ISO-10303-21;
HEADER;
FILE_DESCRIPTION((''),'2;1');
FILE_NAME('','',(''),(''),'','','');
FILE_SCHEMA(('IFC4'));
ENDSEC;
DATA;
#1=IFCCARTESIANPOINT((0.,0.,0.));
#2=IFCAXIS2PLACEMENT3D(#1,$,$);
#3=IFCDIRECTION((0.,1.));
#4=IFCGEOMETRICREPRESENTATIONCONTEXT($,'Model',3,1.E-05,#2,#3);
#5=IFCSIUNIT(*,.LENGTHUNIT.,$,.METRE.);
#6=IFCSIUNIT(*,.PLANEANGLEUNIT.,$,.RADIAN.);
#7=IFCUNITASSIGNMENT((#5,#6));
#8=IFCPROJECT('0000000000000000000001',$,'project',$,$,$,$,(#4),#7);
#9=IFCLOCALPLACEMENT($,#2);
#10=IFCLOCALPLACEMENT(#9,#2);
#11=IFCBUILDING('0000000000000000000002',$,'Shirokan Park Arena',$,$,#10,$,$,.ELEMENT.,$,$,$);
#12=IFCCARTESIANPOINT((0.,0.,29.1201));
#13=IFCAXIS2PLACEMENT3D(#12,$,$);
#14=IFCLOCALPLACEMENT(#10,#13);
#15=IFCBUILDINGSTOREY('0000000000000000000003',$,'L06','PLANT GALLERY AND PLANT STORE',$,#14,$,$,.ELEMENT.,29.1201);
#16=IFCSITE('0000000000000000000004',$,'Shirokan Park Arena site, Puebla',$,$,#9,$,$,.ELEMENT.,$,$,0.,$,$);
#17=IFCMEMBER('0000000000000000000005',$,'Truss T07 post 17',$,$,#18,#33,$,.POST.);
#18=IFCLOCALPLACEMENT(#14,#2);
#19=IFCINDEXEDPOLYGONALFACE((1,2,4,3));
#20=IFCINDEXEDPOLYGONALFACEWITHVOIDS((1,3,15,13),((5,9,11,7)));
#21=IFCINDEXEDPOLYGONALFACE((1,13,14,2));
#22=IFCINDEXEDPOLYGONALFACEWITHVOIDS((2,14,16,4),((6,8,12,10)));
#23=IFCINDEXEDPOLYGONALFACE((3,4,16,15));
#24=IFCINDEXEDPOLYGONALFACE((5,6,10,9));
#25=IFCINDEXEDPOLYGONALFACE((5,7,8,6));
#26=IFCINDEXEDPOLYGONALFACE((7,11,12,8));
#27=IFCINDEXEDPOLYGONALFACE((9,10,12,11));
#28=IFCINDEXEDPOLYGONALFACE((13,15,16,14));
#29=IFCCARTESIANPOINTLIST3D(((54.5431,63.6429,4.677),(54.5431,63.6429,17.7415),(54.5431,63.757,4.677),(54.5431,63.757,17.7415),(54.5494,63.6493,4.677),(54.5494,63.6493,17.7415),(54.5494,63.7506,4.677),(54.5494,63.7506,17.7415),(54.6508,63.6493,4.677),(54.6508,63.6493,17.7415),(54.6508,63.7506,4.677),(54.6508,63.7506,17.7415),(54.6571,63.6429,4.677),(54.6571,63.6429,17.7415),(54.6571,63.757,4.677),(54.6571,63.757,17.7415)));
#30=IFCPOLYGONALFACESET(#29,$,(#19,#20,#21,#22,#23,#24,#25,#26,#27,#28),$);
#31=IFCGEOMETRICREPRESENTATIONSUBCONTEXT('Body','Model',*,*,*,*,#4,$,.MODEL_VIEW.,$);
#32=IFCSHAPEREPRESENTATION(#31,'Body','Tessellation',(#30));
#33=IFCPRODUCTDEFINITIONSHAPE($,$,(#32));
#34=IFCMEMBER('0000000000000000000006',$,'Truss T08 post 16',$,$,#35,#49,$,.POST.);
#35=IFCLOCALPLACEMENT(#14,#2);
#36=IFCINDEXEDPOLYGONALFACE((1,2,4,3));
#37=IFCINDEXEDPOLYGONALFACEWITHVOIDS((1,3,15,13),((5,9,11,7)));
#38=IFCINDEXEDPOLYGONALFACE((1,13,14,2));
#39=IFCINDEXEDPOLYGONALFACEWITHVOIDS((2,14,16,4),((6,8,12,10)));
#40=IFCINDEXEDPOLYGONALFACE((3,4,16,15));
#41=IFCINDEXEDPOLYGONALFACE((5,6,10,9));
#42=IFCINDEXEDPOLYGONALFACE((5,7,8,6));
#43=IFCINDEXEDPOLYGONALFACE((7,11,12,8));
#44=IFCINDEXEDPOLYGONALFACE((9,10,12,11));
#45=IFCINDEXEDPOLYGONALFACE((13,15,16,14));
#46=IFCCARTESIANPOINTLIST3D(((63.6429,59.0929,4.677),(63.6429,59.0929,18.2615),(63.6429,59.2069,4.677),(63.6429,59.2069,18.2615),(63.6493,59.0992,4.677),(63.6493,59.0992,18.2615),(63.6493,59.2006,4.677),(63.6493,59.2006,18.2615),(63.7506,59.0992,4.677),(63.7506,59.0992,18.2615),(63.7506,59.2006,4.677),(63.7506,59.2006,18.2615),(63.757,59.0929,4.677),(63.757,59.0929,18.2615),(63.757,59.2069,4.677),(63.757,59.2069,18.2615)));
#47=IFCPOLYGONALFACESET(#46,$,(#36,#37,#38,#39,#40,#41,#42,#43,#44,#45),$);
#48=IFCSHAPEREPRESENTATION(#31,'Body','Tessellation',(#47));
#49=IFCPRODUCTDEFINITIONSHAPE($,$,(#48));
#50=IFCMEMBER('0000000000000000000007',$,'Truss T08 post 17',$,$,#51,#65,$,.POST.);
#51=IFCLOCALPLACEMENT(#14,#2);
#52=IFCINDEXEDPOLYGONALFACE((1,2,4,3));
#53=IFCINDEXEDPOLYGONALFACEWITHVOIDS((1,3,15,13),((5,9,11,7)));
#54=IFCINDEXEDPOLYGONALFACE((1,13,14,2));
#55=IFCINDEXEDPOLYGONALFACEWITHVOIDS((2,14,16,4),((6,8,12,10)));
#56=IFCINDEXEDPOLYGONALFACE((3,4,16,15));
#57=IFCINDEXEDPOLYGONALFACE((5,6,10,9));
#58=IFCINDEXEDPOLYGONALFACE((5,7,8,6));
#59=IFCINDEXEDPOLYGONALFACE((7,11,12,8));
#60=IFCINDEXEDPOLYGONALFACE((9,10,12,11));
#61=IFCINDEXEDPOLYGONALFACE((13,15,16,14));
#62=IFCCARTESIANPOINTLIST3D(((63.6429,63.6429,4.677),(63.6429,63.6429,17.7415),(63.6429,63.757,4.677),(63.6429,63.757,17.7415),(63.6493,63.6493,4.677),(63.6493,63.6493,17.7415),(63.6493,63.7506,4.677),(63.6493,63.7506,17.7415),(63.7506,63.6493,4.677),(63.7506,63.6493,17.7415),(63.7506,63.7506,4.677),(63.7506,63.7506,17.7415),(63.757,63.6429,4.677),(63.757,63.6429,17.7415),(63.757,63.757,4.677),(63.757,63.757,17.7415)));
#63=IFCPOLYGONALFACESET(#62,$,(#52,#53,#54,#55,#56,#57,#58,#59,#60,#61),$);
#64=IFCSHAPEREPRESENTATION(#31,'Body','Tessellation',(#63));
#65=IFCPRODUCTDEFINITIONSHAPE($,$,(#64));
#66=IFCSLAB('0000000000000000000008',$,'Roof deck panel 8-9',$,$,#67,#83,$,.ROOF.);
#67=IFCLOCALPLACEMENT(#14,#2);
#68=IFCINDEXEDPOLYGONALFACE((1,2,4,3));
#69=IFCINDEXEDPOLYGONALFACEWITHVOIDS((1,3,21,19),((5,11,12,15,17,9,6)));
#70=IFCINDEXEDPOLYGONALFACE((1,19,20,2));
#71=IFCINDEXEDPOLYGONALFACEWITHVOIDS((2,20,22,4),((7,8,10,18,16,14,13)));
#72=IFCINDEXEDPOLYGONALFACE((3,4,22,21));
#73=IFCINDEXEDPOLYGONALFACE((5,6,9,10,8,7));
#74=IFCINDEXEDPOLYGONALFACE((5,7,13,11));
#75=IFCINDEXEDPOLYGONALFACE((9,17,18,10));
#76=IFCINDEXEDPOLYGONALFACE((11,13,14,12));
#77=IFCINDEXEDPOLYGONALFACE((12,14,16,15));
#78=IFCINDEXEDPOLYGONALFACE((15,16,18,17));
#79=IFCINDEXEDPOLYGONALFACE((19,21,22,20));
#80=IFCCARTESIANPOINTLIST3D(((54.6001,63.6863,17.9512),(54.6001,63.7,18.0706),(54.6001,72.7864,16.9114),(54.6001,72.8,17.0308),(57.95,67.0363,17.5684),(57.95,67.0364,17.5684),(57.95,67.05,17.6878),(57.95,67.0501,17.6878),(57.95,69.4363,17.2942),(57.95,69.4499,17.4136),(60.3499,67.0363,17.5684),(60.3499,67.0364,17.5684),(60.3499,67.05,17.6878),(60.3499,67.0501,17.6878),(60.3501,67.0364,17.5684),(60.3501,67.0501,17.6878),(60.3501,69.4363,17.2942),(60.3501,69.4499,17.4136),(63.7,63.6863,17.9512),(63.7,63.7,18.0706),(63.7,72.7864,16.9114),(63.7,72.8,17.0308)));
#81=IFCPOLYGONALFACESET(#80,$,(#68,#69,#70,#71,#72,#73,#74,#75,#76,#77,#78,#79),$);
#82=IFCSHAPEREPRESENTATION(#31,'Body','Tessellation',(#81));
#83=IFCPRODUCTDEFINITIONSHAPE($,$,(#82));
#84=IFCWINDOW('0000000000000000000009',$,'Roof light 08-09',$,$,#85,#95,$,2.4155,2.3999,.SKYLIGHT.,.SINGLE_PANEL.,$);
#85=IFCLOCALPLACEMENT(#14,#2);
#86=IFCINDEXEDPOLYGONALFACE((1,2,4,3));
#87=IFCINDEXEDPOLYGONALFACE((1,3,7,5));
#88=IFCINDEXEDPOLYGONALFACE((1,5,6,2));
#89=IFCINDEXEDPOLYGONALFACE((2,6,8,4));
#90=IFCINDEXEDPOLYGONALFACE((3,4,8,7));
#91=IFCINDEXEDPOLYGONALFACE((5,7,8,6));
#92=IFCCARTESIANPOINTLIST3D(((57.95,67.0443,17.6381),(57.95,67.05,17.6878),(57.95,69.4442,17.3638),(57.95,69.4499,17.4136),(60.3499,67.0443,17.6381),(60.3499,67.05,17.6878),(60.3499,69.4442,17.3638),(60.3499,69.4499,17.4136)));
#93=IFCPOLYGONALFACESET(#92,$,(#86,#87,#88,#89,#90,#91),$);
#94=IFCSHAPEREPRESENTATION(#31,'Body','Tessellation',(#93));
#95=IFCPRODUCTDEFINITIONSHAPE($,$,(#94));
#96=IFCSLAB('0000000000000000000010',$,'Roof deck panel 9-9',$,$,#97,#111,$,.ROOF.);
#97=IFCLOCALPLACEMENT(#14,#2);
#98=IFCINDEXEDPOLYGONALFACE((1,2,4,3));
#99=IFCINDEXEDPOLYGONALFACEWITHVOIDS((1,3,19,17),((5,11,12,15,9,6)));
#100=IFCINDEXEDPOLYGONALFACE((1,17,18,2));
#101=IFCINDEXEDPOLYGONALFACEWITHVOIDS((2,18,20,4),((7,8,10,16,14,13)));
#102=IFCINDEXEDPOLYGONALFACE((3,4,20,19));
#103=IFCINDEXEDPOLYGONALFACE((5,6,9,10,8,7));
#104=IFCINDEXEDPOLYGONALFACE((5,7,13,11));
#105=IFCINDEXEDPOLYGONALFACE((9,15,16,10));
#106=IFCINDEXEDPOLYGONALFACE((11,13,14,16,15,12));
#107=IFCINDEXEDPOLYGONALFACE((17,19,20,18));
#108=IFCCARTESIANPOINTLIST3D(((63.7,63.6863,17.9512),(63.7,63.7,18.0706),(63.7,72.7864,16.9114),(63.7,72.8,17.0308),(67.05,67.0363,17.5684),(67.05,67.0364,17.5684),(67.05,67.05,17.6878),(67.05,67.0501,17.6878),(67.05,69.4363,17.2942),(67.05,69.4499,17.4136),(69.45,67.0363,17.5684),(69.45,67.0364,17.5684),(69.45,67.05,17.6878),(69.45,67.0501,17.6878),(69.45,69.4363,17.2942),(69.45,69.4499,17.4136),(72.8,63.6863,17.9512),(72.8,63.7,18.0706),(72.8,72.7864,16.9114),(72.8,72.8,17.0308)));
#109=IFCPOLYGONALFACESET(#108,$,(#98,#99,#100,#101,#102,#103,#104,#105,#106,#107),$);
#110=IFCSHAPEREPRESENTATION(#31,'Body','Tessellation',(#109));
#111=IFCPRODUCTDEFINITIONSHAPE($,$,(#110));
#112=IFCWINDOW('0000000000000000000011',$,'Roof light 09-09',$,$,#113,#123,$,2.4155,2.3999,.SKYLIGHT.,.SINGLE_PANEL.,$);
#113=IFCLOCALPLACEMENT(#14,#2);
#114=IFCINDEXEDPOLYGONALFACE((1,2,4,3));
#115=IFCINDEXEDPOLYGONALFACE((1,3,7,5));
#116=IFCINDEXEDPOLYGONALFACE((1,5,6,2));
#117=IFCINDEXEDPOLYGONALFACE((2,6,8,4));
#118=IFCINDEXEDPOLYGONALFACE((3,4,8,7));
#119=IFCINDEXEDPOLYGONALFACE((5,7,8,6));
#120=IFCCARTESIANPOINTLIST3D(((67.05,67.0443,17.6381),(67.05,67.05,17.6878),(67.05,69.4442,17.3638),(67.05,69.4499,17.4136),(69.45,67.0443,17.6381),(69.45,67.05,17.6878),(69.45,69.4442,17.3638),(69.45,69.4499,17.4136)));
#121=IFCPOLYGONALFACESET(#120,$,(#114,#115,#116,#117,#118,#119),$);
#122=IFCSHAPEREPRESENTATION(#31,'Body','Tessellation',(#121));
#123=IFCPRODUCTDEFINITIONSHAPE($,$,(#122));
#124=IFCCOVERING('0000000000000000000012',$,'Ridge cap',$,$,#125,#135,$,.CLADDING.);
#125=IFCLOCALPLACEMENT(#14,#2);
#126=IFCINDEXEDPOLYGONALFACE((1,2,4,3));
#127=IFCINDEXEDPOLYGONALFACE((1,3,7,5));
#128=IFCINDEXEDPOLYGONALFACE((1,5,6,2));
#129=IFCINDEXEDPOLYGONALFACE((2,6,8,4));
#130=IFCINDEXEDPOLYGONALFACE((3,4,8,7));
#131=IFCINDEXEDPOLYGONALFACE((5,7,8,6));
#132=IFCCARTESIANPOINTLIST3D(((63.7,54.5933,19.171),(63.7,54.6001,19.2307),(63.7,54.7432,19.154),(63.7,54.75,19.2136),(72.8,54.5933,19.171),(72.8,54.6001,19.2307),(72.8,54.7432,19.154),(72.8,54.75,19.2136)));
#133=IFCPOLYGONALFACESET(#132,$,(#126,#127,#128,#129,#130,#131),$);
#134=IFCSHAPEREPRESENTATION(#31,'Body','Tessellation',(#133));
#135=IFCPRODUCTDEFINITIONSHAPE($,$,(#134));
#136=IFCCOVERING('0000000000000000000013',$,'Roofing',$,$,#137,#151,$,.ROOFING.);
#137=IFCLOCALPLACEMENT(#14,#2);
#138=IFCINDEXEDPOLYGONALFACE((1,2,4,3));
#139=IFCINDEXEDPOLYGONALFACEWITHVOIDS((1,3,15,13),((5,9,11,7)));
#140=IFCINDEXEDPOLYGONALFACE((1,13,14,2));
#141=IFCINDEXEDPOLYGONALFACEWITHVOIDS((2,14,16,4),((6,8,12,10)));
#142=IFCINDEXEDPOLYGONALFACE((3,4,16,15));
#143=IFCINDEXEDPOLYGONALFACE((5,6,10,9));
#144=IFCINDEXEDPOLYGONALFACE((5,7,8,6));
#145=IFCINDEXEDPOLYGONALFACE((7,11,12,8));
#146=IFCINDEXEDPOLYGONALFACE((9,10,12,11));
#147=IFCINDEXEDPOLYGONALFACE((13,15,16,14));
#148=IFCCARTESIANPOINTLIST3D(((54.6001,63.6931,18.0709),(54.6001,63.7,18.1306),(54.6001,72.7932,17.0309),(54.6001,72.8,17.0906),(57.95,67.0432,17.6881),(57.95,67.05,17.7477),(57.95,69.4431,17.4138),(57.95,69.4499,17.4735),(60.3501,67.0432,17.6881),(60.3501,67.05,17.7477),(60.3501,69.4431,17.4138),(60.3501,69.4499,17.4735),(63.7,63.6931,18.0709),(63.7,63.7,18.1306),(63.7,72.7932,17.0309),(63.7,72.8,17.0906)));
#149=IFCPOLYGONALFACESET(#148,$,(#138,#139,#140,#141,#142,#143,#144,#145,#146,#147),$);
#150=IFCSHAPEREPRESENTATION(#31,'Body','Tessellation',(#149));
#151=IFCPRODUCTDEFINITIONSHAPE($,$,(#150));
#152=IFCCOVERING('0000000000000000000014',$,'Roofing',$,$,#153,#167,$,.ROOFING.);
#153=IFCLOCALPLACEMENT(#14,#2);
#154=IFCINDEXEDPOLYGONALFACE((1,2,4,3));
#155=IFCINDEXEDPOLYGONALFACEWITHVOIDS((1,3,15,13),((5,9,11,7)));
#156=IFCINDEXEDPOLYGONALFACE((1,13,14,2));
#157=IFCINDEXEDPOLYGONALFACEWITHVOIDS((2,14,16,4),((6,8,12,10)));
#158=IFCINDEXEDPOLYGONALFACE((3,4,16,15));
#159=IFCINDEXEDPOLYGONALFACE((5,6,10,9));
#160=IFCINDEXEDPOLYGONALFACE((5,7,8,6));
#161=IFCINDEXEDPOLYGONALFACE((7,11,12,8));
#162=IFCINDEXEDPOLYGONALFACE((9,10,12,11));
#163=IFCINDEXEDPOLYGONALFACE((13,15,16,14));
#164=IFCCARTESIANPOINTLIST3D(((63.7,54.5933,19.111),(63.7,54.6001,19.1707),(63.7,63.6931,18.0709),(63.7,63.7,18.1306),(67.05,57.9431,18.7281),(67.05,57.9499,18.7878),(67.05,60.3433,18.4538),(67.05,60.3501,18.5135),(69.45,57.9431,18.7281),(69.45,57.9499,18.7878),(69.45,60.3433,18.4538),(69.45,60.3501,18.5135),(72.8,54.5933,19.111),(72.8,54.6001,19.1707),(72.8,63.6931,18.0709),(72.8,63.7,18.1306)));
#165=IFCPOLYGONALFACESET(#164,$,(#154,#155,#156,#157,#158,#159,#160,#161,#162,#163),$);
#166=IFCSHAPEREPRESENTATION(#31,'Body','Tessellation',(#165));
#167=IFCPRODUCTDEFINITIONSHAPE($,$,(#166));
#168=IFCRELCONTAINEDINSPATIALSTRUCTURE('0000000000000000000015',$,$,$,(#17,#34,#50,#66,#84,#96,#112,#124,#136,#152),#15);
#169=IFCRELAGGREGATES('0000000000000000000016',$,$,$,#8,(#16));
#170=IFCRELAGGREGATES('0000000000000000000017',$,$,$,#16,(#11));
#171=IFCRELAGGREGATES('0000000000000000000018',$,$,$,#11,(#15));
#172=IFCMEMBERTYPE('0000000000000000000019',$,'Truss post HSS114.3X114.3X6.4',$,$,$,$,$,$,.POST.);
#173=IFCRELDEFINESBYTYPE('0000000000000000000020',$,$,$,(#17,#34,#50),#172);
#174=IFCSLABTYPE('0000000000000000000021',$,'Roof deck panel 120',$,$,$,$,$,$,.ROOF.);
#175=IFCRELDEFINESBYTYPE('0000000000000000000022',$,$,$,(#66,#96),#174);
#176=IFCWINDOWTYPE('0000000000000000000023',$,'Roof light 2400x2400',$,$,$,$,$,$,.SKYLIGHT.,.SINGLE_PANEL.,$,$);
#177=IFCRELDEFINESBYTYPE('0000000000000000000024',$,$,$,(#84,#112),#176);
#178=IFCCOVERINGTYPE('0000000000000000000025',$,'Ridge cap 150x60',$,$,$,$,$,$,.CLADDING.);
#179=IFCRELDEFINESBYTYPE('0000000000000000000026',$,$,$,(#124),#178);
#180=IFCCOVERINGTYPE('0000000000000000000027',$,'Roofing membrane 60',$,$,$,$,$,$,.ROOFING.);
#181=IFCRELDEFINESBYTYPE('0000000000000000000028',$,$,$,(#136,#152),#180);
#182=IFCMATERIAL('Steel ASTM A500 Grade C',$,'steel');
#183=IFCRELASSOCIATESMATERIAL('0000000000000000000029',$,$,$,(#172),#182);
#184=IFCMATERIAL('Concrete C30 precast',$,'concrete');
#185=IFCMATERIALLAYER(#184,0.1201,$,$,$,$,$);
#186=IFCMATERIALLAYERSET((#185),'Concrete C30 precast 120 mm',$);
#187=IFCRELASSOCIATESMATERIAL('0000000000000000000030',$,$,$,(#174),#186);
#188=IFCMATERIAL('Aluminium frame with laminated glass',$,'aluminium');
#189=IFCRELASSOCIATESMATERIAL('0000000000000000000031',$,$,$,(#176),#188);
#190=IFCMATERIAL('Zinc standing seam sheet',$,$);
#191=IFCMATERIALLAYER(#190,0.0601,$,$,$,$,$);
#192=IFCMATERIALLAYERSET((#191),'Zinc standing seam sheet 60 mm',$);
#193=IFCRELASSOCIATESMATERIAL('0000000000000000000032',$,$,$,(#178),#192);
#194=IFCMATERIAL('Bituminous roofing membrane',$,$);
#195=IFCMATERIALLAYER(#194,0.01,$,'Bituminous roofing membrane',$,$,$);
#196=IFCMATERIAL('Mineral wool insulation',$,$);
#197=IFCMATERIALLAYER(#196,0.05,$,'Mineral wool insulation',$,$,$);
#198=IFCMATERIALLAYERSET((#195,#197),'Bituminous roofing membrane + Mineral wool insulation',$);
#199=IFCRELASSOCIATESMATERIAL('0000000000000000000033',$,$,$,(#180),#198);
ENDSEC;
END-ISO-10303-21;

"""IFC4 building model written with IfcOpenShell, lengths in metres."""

from ifc_helpers import new_model, si_unit, direction, frame, origin, origin_2d, place, context, subcontext, project, spatial, polyline, rectangle, hollow_rectangle, outline, extrude, material, layer, layer_set, material_profile, profile_set, type_object, element, fill, save


model = new_model("IFC4")

# Units and contexts
model_context = context("Model", 3, precision=1e-05, world=origin(), true_north=direction((0.0, 1.0)))
body_context = subcontext(model_context, "Body", "Model", "MODEL_VIEW")
ifc_project = project(units=[si_unit("LENGTHUNIT", "METRE"), si_unit("PLANEANGLEUNIT", "RADIAN")], contexts=[model_context])

# Site, building, storey
site_placement = place(None, origin())
site = spatial("IfcSite", under=ifc_project, at=site_placement, Name="Shirokan Park Arena site, Puebla", CompositionType="ELEMENT", RefElevation=0.0)
building_placement = place(site_placement, origin())
building = spatial("IfcBuilding", under=site, at=building_placement, Name="Shirokan Park Arena", CompositionType="ELEMENT")
storey_placement = place(building_placement, frame((0.0, 0.0, 29.1201)))
storey = spatial("IfcBuildingStorey", under=building, at=storey_placement, Name="L06", Description="PLANT GALLERY AND PLANT STORE", CompositionType="ELEMENT", Elevation=29.1201)

# Members
ifc_material_1 = material(Name="Steel ASTM A500 Grade C", Category="steel")
ifc_material_profile_1 = material_profile(ifc_material_1, hollow_rectangle(XDim=0.114, YDim=0.114, WallThickness=0.0063, at=origin_2d()), Name="HSS114.3X114.3X6.4")
ifc_profile_set_1 = profile_set([ifc_material_profile_1], Name="Steel ASTM A500 Grade C")
member_type_1 = type_object("IfcMemberType", Name="Truss post HSS114.3X114.3X6.4", PredefinedType="POST", material=ifc_profile_set_1)
member_1_placement = place(storey_placement, frame((54.6001, 63.7, 4.677), z_axis=(0.0, 0.0, 1.0), x_axis=(1.0, 0.0, 0.0)))
element("IfcMember", 1, at=member_1_placement, inside=storey, type_object=member_type_1, Name="Truss T07 post 17", PredefinedType="POST", context=body_context, shape_type="SweptSolid", body=[
    extrude(hollow_rectangle(XDim=0.114, YDim=0.114, WallThickness=0.0063, at=origin_2d()), origin(), (0.0, 0.0, 1.0), 13.0645),
])
member_2_placement = place(storey_placement, frame((63.7, 59.1499, 4.677), z_axis=(0.0, 0.0, 1.0), x_axis=(1.0, 0.0, 0.0)))
element("IfcMember", 2, at=member_2_placement, inside=storey, type_object=member_type_1, Name="Truss T08 post 16", PredefinedType="POST", context=body_context, shape_type="SweptSolid", body=[
    extrude(hollow_rectangle(XDim=0.114, YDim=0.114, WallThickness=0.0063, at=origin_2d()), origin(), (0.0, 0.0, 1.0), 13.5845),
])
member_3_placement = place(storey_placement, frame((63.7, 63.7, 4.677), z_axis=(0.0, 0.0, 1.0), x_axis=(1.0, 0.0, 0.0)))
element("IfcMember", 3, at=member_3_placement, inside=storey, type_object=member_type_1, Name="Truss T08 post 17", PredefinedType="POST", context=body_context, shape_type="SweptSolid", body=[
    extrude(hollow_rectangle(XDim=0.114, YDim=0.114, WallThickness=0.0063, at=origin_2d()), origin(), (0.0, 0.0, 1.0), 13.0645),
])

# Slabs, openings, windows
ifc_material_2 = material(Name="Concrete C30 precast", Category="concrete")
ifc_layer_1 = layer(ifc_material_2, 0.1201)
ifc_layer_set_1 = layer_set([ifc_layer_1], Name="Concrete C30 precast 120 mm")
slab_type = type_object("IfcSlabType", Name="Roof deck panel 120", PredefinedType="ROOF", material=ifc_layer_set_1)
slab_1_placement = place(storey_placement, frame((54.6001, 63.7, 18.0706), z_axis=(0.0, 0.113523, 0.993535), x_axis=(1.0, 0.0, 0.0)))
slab_1 = element("IfcSlab", 4, at=slab_1_placement, inside=storey, type_object=slab_type, Name="Roof deck panel 8-9", PredefinedType="ROOF", context=body_context, shape_type="SweptSolid", body=[
    extrude(outline(polyline([(0.0, 0.0), (9.0999, 0.0), (9.0999, 9.1593), (0.0, 9.1593), (0.0, 0.0)]), holes=[polyline([(3.3499, 3.3719), (5.75, 3.3719), (5.75, 5.7874), (3.3499, 5.7874), (3.3499, 3.3719)])]), origin(), (0.0, 0.0, -1.0), 0.1201),
])
opening_1_placement = place(slab_1_placement, frame((4.5498, 4.5796, 0.01)))
opening_1 = element("IfcOpeningElement", 5, at=opening_1_placement, cuts=slab_1, PredefinedType="OPENING", context=body_context, shape_type="SweptSolid", body=[
    extrude(rectangle(XDim=2.3999, YDim=2.4155, at=origin_2d()), origin(), (0.0, 0.0, -1.0), 0.1399),
])
ifc_material_3 = material(Name="Aluminium frame with laminated glass", Category="aluminium")
window_type = type_object("IfcWindowType", Name="Roof light 2400x2400", PartitioningType="SINGLE_PANEL", PredefinedType="SKYLIGHT", material=ifc_material_3)
window_1_placement = place(opening_1_placement, frame((0.0, 0.0, -0.0601)))
window_1 = element("IfcWindow", 6, at=window_1_placement, inside=storey, type_object=window_type, Name="Roof light 08-09", OverallHeight=2.4155, OverallWidth=2.3999, PartitioningType="SINGLE_PANEL", PredefinedType="SKYLIGHT", context=body_context, shape_type="SweptSolid", body=[
    extrude(rectangle(XDim=2.3999, YDim=2.4155, at=origin_2d()), origin(), (0.0, 0.0, 1.0), 0.05),
])
fill(opening_1, window_1)
slab_2_placement = place(storey_placement, frame((63.7, 63.7, 18.0706), z_axis=(0.0, 0.113523, 0.993535), x_axis=(1.0, 0.0, 0.0)))
slab_2 = element("IfcSlab", 7, at=slab_2_placement, inside=storey, type_object=slab_type, Name="Roof deck panel 9-9", PredefinedType="ROOF", context=body_context, shape_type="SweptSolid", body=[
    extrude(outline(polyline([(0.0, 0.0), (9.1001, 0.0), (9.1001, 9.1593), (0.0, 9.1593), (0.0, 0.0)]), holes=[polyline([(3.3501, 3.3719), (5.75, 3.3719), (5.75, 5.7874), (3.3501, 5.7874), (3.3501, 3.3719)])]), origin(), (0.0, 0.0, -1.0), 0.1201),
])
opening_2_placement = place(slab_2_placement, frame((4.55, 4.5796, 0.01)))
opening_2 = element("IfcOpeningElement", 8, at=opening_2_placement, cuts=slab_2, PredefinedType="OPENING", context=body_context, shape_type="SweptSolid", body=[
    extrude(rectangle(XDim=2.3999, YDim=2.4155, at=origin_2d()), origin(), (0.0, 0.0, -1.0), 0.1399),
])
window_2_placement = place(opening_2_placement, frame((0.0, 0.0, -0.0601)))
window_2 = element("IfcWindow", 9, at=window_2_placement, inside=storey, type_object=window_type, Name="Roof light 09-09", OverallHeight=2.4155, OverallWidth=2.3999, PartitioningType="SINGLE_PANEL", PredefinedType="SKYLIGHT", context=body_context, shape_type="SweptSolid", body=[
    extrude(rectangle(XDim=2.3999, YDim=2.4155, at=origin_2d()), origin(), (0.0, 0.0, 1.0), 0.05),
])
fill(opening_2, window_2)

# Coverings
ifc_material_4 = material(Name="Zinc standing seam sheet")
ifc_layer_2 = layer(ifc_material_4, 0.0601)
ifc_layer_set_2 = layer_set([ifc_layer_2], Name="Zinc standing seam sheet 60 mm")
covering_type_1 = type_object("IfcCoveringType", Name="Ridge cap 150x60", PredefinedType="CLADDING", material=ifc_layer_set_2)
covering_1_placement = place(storey_placement, frame((63.7, 54.6001, 19.2307), z_axis=(0.0, 0.113273, 0.993564), x_axis=(1.0, 0.0, 0.0)))
element("IfcCovering", 10, at=covering_1_placement, inside=storey, type_object=covering_type_1, Name="Ridge cap", PredefinedType="CLADDING", context=body_context, shape_type="SweptSolid", body=[
    extrude(outline(polyline([(0.0, 0.0), (9.1001, 0.0), (9.1001, 0.1509), (0.0, 0.1509), (0.0, 0.0)])), origin(), (0.0, 0.0, -1.0), 0.0601),
])
ifc_material_5 = material(Name="Bituminous roofing membrane")
ifc_layer_3 = layer(ifc_material_5, 0.01, Name="Bituminous roofing membrane")
ifc_material_6 = material(Name="Mineral wool insulation")
ifc_layer_4 = layer(ifc_material_6, 0.05, Name="Mineral wool insulation")
ifc_layer_set_3 = layer_set([ifc_layer_3, ifc_layer_4], Name="Bituminous roofing membrane + Mineral wool insulation")
covering_type_2 = type_object("IfcCoveringType", Name="Roofing membrane 60", PredefinedType="ROOFING", material=ifc_layer_set_3)
covering_2_placement = place(storey_placement, frame((54.6001, 63.7, 18.1306), z_axis=(0.0, 0.11355, 0.993532), x_axis=(1.0, 0.0, 0.0)))
element("IfcCovering", 11, at=covering_2_placement, inside=storey, type_object=covering_type_2, Name="Roofing", PredefinedType="ROOFING", context=body_context, shape_type="SweptSolid", body=[
    extrude(outline(polyline([(0.0, 0.0), (9.0999, 0.0), (9.0999, 9.1593), (0.0, 9.1593), (0.0, 0.0)]), holes=[polyline([(5.75, 3.3719), (5.75, 5.7874), (3.3499, 5.7874), (3.3499, 3.3719), (5.75, 3.3719)])]), origin(), (0.0, 0.0, -1.0), 0.0601),
])
covering_3_placement = place(storey_placement, frame((63.7, 54.6001, 19.1707), z_axis=(0.0, 0.113553, 0.993532), x_axis=(1.0, 0.0, 0.0)))
element("IfcCovering", 12, at=covering_3_placement, inside=storey, type_object=covering_type_2, Name="Roofing", PredefinedType="ROOFING", context=body_context, shape_type="SweptSolid", body=[
    extrude(outline(polyline([(0.0, 0.0), (9.1001, 0.0), (9.1001, 9.1591), (0.0, 9.1591), (0.0, 0.0)]), holes=[polyline([(5.75, 3.3717), (5.75, 5.7874), (3.3501, 5.7874), (3.3501, 3.3717), (5.75, 3.3717)])]), origin(), (0.0, 0.0, -1.0), 0.0601),
])

save(model, "model.ifc")
